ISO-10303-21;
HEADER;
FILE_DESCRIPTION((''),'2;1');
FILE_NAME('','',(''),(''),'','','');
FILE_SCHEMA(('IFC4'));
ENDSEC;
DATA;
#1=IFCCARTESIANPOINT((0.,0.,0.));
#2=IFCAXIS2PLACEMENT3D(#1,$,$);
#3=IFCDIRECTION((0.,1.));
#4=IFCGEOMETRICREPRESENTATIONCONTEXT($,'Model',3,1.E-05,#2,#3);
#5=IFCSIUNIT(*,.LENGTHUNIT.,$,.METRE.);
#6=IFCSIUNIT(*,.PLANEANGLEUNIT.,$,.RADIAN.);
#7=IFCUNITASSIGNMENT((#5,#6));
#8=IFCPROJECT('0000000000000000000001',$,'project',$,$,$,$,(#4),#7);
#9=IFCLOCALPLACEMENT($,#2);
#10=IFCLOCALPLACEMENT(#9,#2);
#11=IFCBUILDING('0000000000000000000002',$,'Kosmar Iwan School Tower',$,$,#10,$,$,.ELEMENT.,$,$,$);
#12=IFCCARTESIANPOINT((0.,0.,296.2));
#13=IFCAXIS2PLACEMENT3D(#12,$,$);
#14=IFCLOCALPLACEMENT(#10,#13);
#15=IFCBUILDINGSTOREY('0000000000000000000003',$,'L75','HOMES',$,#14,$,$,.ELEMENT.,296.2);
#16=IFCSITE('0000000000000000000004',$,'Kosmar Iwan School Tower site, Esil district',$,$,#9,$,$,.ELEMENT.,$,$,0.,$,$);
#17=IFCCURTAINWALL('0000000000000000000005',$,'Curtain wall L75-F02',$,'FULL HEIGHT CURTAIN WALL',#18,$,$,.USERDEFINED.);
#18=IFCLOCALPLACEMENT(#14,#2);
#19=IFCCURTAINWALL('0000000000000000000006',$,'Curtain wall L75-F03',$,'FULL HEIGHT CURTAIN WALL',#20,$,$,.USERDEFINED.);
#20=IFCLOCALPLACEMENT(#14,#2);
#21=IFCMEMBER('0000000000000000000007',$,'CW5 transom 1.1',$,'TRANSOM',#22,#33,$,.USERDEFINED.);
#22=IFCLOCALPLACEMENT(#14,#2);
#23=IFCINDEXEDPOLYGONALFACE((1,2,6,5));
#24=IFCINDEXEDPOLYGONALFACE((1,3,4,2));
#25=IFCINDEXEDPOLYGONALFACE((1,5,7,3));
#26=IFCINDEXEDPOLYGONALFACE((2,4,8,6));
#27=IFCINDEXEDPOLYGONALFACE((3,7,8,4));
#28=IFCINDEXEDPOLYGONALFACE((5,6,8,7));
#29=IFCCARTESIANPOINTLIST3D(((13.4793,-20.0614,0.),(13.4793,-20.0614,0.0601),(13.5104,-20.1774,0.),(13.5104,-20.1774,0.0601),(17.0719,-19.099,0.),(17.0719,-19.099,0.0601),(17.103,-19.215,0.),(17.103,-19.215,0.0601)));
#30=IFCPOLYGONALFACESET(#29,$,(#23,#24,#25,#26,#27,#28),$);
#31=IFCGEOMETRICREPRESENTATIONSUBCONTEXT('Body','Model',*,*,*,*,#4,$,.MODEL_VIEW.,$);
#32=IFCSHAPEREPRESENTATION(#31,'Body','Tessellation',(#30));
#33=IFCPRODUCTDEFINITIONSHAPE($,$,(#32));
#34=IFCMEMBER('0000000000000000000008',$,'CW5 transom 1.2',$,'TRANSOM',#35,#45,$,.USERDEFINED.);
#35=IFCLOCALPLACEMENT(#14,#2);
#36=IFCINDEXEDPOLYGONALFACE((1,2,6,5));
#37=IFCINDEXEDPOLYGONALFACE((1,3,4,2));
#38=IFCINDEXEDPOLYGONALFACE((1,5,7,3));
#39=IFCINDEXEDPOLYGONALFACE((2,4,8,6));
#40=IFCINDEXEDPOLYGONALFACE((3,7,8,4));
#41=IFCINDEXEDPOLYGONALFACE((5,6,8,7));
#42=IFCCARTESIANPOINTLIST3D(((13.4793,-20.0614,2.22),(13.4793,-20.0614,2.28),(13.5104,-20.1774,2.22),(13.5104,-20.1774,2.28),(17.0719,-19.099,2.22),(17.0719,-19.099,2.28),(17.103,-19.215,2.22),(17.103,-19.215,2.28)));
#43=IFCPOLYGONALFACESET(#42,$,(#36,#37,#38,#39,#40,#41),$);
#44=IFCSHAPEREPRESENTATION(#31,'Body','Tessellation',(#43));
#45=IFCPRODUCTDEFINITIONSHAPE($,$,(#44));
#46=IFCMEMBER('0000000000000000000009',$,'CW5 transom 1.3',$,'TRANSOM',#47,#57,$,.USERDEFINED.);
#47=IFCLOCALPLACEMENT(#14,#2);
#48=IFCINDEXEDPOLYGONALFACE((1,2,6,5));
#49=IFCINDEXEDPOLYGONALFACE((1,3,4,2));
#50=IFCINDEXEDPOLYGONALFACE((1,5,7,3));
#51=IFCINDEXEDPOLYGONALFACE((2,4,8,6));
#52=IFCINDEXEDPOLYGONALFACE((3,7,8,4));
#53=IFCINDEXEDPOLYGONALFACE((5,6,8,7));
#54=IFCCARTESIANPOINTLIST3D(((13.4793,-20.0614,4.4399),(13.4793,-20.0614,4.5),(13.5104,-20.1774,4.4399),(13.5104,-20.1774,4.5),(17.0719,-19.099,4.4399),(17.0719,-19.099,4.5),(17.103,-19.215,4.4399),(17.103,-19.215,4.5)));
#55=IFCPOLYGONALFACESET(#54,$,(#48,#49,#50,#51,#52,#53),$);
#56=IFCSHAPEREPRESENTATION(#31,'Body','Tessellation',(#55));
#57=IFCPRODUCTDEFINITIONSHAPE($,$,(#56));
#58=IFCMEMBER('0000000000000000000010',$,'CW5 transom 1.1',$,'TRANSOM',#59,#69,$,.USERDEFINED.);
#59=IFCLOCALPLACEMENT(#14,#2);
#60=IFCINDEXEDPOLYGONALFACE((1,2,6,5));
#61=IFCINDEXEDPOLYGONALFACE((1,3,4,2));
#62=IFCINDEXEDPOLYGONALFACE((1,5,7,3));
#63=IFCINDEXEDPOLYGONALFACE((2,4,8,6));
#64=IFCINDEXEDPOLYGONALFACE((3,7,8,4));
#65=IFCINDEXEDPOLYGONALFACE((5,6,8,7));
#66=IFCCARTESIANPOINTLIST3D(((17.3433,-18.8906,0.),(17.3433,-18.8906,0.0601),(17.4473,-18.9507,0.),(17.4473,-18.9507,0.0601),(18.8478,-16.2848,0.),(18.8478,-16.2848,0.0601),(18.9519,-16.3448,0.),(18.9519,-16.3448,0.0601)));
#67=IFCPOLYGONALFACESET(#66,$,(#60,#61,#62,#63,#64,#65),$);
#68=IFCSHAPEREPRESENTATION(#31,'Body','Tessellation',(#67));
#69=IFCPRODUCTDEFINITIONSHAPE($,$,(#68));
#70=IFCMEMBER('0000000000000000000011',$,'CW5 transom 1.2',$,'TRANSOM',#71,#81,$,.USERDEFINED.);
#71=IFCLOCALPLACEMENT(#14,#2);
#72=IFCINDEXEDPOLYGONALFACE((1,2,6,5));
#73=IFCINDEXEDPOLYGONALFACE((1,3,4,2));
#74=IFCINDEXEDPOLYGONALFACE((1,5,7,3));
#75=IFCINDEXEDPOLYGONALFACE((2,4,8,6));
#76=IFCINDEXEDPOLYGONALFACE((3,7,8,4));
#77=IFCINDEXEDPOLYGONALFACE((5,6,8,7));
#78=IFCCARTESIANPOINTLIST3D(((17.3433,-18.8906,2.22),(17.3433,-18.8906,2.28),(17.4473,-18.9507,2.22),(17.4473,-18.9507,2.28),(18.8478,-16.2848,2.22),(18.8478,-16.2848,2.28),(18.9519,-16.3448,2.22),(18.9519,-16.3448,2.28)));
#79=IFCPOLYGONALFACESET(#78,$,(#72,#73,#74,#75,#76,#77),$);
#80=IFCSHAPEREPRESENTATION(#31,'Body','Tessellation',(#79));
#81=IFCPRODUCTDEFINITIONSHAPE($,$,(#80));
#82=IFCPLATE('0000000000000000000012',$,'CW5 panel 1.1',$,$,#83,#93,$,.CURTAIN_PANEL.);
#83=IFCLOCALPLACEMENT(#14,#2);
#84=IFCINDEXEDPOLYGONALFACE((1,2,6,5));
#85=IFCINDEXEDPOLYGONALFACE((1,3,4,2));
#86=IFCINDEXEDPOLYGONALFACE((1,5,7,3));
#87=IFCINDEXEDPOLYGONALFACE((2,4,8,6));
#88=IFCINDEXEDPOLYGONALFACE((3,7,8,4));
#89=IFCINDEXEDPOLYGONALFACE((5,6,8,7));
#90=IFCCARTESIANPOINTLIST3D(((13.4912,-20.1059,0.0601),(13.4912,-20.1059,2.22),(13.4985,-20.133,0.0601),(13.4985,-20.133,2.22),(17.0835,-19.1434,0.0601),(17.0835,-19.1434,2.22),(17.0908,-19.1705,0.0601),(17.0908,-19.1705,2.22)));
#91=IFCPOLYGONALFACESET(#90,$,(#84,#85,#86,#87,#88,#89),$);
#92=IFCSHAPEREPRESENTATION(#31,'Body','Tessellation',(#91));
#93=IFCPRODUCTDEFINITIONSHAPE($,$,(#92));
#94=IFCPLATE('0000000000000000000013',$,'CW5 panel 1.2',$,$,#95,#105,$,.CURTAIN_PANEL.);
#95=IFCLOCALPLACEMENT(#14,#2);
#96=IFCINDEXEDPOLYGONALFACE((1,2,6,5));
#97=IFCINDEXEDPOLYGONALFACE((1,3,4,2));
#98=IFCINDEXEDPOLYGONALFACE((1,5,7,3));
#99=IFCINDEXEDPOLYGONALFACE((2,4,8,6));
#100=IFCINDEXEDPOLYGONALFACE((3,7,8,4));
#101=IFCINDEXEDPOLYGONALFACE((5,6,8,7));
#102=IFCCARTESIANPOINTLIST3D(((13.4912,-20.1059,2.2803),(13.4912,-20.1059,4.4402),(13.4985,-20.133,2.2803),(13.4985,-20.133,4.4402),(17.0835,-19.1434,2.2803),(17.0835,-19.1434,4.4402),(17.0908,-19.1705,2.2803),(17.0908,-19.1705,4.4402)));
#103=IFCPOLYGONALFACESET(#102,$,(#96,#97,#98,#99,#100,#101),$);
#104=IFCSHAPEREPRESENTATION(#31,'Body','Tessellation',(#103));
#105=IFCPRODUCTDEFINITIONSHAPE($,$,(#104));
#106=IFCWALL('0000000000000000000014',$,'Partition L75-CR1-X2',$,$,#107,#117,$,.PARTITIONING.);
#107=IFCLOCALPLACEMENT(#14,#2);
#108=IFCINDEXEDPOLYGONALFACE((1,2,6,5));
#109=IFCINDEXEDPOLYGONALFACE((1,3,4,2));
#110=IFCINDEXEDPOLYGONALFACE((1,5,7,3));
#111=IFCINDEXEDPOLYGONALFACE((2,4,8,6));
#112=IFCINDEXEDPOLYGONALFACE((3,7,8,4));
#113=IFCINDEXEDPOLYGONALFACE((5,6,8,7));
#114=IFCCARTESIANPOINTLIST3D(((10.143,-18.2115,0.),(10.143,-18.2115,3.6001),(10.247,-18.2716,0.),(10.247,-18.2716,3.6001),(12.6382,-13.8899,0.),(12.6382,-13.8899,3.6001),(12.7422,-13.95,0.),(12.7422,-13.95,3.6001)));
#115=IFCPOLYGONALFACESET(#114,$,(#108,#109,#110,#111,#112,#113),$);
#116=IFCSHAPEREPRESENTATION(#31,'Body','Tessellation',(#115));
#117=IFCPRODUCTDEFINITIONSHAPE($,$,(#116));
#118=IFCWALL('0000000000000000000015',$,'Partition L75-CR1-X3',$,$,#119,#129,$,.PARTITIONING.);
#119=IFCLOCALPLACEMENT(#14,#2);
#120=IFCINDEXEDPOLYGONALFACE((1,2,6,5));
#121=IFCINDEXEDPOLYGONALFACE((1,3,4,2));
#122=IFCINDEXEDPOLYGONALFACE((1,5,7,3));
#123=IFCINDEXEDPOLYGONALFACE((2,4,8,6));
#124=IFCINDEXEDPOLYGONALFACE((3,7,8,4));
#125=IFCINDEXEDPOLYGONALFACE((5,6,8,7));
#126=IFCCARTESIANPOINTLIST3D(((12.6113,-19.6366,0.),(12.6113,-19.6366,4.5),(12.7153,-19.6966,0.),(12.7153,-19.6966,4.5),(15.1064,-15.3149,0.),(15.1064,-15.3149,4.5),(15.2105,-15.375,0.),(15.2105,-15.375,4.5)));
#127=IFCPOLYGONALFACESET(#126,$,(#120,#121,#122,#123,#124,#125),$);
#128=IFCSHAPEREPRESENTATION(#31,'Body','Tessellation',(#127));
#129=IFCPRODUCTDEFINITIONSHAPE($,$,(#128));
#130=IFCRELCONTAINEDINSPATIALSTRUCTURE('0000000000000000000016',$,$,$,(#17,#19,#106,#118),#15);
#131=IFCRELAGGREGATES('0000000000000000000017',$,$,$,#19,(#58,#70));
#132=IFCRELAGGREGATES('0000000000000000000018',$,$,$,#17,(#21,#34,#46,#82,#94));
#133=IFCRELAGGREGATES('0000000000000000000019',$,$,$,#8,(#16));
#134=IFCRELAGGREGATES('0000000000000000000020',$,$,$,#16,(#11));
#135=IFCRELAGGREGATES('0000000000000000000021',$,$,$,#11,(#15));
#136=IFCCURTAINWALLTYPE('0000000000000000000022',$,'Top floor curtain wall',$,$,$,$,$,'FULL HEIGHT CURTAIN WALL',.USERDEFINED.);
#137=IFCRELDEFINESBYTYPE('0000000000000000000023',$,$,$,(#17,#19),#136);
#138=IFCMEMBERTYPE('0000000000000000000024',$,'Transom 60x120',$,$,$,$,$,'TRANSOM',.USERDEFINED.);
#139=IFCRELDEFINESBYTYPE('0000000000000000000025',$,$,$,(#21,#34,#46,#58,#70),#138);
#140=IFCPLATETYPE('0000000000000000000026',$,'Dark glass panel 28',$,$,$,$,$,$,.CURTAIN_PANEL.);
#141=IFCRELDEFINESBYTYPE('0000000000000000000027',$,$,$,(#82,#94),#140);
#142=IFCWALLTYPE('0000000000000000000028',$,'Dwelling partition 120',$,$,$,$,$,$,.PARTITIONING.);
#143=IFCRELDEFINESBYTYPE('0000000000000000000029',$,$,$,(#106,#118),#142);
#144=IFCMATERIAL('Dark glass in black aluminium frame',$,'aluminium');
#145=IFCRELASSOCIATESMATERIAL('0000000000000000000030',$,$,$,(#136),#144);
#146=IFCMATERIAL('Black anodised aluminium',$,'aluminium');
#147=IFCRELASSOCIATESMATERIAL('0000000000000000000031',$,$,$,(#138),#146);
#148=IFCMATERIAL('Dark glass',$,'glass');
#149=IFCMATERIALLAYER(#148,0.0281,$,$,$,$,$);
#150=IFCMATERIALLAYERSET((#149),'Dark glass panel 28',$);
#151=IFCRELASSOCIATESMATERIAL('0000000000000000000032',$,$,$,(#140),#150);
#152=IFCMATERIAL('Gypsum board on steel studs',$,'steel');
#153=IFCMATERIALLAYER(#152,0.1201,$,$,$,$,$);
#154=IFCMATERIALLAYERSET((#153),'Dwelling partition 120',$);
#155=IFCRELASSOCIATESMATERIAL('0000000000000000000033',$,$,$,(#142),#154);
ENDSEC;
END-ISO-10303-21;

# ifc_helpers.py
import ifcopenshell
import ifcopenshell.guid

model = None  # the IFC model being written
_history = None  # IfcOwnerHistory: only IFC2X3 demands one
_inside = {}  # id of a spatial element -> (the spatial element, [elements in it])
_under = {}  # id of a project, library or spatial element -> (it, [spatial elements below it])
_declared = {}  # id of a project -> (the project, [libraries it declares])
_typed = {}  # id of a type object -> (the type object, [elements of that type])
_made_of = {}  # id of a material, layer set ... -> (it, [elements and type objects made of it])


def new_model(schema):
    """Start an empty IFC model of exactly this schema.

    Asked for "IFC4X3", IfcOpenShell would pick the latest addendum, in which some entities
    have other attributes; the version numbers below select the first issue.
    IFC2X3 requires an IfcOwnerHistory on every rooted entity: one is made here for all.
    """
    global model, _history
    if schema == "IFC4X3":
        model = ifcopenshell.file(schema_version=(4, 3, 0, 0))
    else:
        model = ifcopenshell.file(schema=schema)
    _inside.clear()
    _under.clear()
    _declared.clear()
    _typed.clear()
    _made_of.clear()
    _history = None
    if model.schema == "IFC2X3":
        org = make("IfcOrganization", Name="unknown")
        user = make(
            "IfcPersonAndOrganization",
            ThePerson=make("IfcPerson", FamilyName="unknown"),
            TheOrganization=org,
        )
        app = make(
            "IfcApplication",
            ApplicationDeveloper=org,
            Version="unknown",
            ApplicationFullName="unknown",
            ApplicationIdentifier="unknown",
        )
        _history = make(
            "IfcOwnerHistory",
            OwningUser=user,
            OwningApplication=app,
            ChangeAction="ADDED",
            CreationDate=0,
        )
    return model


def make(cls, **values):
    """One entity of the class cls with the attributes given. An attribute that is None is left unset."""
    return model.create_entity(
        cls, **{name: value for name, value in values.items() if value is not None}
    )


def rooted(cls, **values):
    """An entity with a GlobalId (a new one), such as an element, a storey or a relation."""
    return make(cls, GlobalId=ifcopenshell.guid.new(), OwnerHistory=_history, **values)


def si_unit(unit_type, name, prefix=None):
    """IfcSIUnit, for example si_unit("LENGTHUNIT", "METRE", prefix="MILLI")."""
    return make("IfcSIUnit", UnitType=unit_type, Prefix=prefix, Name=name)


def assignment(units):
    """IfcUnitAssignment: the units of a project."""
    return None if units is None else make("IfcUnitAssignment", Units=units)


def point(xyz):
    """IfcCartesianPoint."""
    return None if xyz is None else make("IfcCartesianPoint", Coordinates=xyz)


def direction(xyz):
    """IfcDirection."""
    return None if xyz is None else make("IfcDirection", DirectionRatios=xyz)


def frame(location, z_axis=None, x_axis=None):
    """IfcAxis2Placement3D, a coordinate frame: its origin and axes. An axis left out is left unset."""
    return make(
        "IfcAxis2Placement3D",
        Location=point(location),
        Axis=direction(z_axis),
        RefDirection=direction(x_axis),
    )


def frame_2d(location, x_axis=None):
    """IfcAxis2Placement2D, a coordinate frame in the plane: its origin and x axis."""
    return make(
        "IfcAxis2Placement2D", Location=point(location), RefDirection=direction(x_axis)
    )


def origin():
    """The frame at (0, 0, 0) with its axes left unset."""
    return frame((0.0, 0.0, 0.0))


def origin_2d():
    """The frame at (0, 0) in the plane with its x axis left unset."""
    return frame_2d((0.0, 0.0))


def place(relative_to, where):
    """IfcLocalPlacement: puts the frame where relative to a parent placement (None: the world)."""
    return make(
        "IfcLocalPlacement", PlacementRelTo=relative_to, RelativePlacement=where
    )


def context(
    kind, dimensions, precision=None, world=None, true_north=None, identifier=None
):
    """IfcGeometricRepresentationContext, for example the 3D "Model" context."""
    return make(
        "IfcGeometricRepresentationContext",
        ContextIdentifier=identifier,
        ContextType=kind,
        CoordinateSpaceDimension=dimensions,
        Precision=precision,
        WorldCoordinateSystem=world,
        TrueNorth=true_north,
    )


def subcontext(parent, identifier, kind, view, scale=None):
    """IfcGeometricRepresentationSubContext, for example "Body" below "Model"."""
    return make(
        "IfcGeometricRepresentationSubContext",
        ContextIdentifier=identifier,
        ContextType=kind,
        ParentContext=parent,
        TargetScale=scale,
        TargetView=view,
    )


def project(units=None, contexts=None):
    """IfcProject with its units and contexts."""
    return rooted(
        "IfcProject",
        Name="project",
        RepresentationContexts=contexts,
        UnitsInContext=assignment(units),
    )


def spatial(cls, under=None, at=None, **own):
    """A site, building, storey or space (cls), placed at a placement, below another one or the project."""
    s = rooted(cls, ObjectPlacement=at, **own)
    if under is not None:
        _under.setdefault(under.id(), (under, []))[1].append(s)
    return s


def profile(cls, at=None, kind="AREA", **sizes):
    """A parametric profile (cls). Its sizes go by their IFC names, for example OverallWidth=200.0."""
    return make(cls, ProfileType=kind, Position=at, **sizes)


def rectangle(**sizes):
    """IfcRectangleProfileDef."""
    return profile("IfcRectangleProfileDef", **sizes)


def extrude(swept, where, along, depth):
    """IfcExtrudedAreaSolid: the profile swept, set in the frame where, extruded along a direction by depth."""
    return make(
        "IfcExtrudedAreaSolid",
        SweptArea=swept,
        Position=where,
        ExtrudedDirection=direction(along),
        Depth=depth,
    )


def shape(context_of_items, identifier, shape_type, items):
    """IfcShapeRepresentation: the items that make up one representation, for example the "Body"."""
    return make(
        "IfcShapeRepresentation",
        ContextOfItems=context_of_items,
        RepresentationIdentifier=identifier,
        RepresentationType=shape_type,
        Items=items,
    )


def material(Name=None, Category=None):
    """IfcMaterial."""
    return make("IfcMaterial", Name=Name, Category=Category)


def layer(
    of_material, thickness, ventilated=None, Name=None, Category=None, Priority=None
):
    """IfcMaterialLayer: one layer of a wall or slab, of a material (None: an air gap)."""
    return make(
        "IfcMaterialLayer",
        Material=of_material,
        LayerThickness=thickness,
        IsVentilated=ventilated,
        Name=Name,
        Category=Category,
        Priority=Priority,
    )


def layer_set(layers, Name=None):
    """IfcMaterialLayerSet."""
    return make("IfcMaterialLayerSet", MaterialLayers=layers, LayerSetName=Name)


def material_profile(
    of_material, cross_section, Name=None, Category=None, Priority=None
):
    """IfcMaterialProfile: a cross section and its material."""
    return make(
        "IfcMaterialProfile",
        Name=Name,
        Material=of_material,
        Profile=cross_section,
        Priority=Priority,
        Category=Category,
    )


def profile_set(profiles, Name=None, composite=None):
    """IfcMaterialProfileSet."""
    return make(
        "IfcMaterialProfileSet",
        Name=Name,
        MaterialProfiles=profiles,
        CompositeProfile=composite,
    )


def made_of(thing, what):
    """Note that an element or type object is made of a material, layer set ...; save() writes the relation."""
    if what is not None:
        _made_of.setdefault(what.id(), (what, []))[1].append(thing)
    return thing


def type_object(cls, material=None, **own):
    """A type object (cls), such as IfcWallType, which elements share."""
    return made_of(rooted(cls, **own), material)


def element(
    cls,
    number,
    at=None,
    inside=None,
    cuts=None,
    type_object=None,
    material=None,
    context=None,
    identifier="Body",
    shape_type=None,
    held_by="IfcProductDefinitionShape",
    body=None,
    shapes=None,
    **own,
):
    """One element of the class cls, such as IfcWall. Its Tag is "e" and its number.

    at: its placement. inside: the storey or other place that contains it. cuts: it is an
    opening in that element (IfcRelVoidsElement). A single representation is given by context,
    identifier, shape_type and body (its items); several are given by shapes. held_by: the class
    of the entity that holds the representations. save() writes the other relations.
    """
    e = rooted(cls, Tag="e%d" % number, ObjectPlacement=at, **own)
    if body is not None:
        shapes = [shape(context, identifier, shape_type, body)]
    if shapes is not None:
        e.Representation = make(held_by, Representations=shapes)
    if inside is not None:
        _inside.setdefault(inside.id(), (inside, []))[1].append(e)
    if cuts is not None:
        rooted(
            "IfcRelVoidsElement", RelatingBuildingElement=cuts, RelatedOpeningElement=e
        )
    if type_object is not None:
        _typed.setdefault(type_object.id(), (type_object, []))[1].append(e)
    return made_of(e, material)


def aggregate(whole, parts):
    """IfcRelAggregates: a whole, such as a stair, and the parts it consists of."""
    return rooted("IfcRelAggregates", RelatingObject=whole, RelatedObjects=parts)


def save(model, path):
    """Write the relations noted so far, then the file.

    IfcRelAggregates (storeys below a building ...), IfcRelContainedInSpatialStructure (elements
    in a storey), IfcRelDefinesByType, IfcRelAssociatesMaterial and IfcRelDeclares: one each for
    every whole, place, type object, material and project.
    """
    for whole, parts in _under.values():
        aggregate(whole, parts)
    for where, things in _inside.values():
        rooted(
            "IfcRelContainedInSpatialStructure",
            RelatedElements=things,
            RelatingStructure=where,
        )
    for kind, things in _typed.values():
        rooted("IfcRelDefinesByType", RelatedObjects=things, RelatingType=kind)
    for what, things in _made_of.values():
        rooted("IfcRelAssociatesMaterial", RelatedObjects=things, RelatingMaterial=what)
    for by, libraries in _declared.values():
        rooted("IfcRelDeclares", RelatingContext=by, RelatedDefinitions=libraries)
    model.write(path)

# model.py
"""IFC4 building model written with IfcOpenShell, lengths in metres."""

from ifc_helpers import new_model, si_unit, direction, frame, frame_2d, origin, origin_2d, place, context, subcontext, project, spatial, rectangle, extrude, material, layer, layer_set, material_profile, profile_set, type_object, element, aggregate, save


model = new_model("IFC4")

# Units and contexts
model_context = context("Model", 3, precision=1e-05, world=origin(), true_north=direction((0.0, 1.0)))
body_context = subcontext(model_context, "Body", "Model", "MODEL_VIEW")
ifc_project = project(units=[si_unit("LENGTHUNIT", "METRE"), si_unit("PLANEANGLEUNIT", "RADIAN")], contexts=[model_context])

# Site, building, storey
site_placement = place(None, origin())
site = spatial("IfcSite", under=ifc_project, at=site_placement, Name="Kosmar Iwan School Tower site, Esil district", CompositionType="ELEMENT", RefElevation=0.0)
building_placement = place(site_placement, origin())
building = spatial("IfcBuilding", under=site, at=building_placement, Name="Kosmar Iwan School Tower", CompositionType="ELEMENT")
storey_placement = place(building_placement, frame((0.0, 0.0, 296.2)))
storey = spatial("IfcBuildingStorey", under=building, at=storey_placement, Name="L75", Description="HOMES", CompositionType="ELEMENT", Elevation=296.2)

# Curtain wall
ifc_material_1 = material(Name="Dark glass in black aluminium frame", Category="aluminium")
curtain_wall_type = type_object("IfcCurtainWallType", Name="Top floor curtain wall", ElementType="FULL HEIGHT CURTAIN WALL", PredefinedType="USERDEFINED", material=ifc_material_1)
curtain_wall_1_placement = place(storey_placement, origin())
curtain_wall_1 = element("IfcCurtainWall", 1, at=curtain_wall_1_placement, inside=storey, type_object=curtain_wall_type, Name="Curtain wall L75-F02", ObjectType="FULL HEIGHT CURTAIN WALL", PredefinedType="USERDEFINED")

# Curtain wall
curtain_wall_2_placement = place(storey_placement, origin())
curtain_wall_2 = element("IfcCurtainWall", 2, at=curtain_wall_2_placement, inside=storey, type_object=curtain_wall_type, Name="Curtain wall L75-F03", ObjectType="FULL HEIGHT CURTAIN WALL", PredefinedType="USERDEFINED")

# Members
ifc_material_2 = material(Name="Black anodised aluminium", Category="aluminium")
ifc_material_profile_1 = material_profile(ifc_material_2, rectangle(XDim=0.1201, YDim=0.0601, at=origin_2d()), Name="TRANSOM 60x120")
ifc_profile_set_1 = profile_set([ifc_material_profile_1], Name="Black anodised aluminium")
member_type_1 = type_object("IfcMemberType", Name="Transom 60x120", ElementType="TRANSOM", PredefinedType="USERDEFINED", material=ifc_profile_set_1)
member_1_placement = place(storey_placement, frame((13.4949, -20.1194, 0.03), z_axis=(0.96594, 0.258766, 0.0), x_axis=(-0.258766, 0.96594, 0.0)))
member_1 = element("IfcMember", 3, at=member_1_placement, type_object=member_type_1, Name="CW5 transom 1.1", ObjectType="TRANSOM", PredefinedType="USERDEFINED", context=body_context, shape_type="SweptSolid", body=[
    extrude(rectangle(XDim=0.1201, YDim=0.0601, at=origin_2d()), origin(), (0.0, 0.0, 1.0), 3.7192),
])
member_2_placement = place(storey_placement, frame((13.4949, -20.1194, 2.25), z_axis=(0.96594, 0.258766, 0.0), x_axis=(-0.258766, 0.96594, 0.0)))
member_2 = element("IfcMember", 4, at=member_2_placement, type_object=member_type_1, Name="CW5 transom 1.2", ObjectType="TRANSOM", PredefinedType="USERDEFINED", context=body_context, shape_type="SweptSolid", body=[
    extrude(rectangle(XDim=0.1201, YDim=0.0601, at=origin_2d()), origin(), (0.0, 0.0, 1.0), 3.7192),
])
member_3_placement = place(storey_placement, frame((13.4949, -20.1194, 4.47), z_axis=(0.96594, 0.258766, 0.0), x_axis=(-0.258766, 0.96594, 0.0)))
member_3 = element("IfcMember", 5, at=member_3_placement, type_object=member_type_1, Name="CW5 transom 1.3", ObjectType="TRANSOM", PredefinedType="USERDEFINED", context=body_context, shape_type="SweptSolid", body=[
    extrude(rectangle(XDim=0.1201, YDim=0.0601, at=origin_2d()), origin(), (0.0, 0.0, 1.0), 3.7192),
])
member_4_placement = place(storey_placement, frame((17.3953, -18.9207, 0.03), z_axis=(0.500022, 0.866013, 0.0), x_axis=(-0.866013, 0.500022, 0.0)))
member_4 = element("IfcMember", 6, at=member_4_placement, type_object=member_type_1, Name="CW5 transom 1.1", ObjectType="TRANSOM", PredefinedType="USERDEFINED", context=body_context, shape_type="SweptSolid", body=[
    extrude(rectangle(XDim=0.1201, YDim=0.0601, at=origin_2d()), origin(), (0.0, 0.0, 1.0), 3.009),
])
member_5_placement = place(storey_placement, frame((17.3953, -18.9207, 2.25), z_axis=(0.500022, 0.866013, 0.0), x_axis=(-0.866013, 0.500022, 0.0)))
member_5 = element("IfcMember", 7, at=member_5_placement, type_object=member_type_1, Name="CW5 transom 1.2", ObjectType="TRANSOM", PredefinedType="USERDEFINED", context=body_context, shape_type="SweptSolid", body=[
    extrude(rectangle(XDim=0.1201, YDim=0.0601, at=origin_2d()), origin(), (0.0, 0.0, 1.0), 3.009),
])
aggregate(curtain_wall_2, [member_4, member_5])

# Plates
ifc_material_3 = material(Name="Dark glass", Category="glass")
ifc_layer_1 = layer(ifc_material_3, 0.0281)
ifc_layer_set_1 = layer_set([ifc_layer_1], Name="Dark glass panel 28")
plate_type = type_object("IfcPlateType", Name="Dark glass panel 28", PredefinedType="CURTAIN_PANEL", material=ifc_layer_set_1)
plate_1_placement = place(storey_placement, frame((15.291, -19.6382, 0.0601), z_axis=(0.0, 0.0, 1.0), x_axis=(0.965926, 0.258819, 0.0)))
plate_1 = element("IfcPlate", 8, at=plate_1_placement, type_object=plate_type, Name="CW5 panel 1.1", PredefinedType="CURTAIN_PANEL", context=body_context, shape_type="SweptSolid", body=[
    extrude(rectangle(XDim=3.719, YDim=0.0281, at=origin_2d()), origin(), (0.0, 0.0, 1.0), 2.1599),
])
plate_2_placement = place(storey_placement, frame((15.291, -19.6382, 2.2803), z_axis=(0.0, 0.0, 1.0), x_axis=(0.965926, 0.258819, 0.0)))
plate_2 = element("IfcPlate", 9, at=plate_2_placement, type_object=plate_type, Name="CW5 panel 1.2", PredefinedType="CURTAIN_PANEL", context=body_context, shape_type="SweptSolid", body=[
    extrude(rectangle(XDim=3.719, YDim=0.0281, at=origin_2d()), origin(), (0.0, 0.0, 1.0), 2.1599),
])
aggregate(curtain_wall_1, [member_1, member_2, member_3, plate_1, plate_2])

# Walls
ifc_material_4 = material(Name="Gypsum board on steel studs", Category="steel")
ifc_layer_2 = layer(ifc_material_4, 0.1201)
ifc_layer_set_2 = layer_set([ifc_layer_2], Name="Dwelling partition 120")
wall_type = type_object("IfcWallType", Name="Dwelling partition 120", PredefinedType="PARTITIONING", material=ifc_layer_set_2)
wall_1_placement = place(storey_placement, frame((12.6902, -13.9199, 0.0), z_axis=(0.0, 0.0, 1.0), x_axis=(-0.500012, -0.866019, 0.0)))
element("IfcWall", 10, at=wall_1_placement, inside=storey, type_object=wall_type, Name="Partition L75-CR1-X2", PredefinedType="PARTITIONING", context=body_context, shape_type="SweptSolid", body=[
    extrude(rectangle(XDim=4.9902, YDim=0.1201, at=frame_2d((2.4951, 0.0))), origin(), (0.0, 0.0, 1.0), 3.6001),
])
wall_2_placement = place(storey_placement, frame((15.1584, -15.345, 0.0), z_axis=(0.0, 0.0, 1.0), x_axis=(-0.500012, -0.866019, 0.0)))
element("IfcWall", 11, at=wall_2_placement, inside=storey, type_object=wall_type, Name="Partition L75-CR1-X3", PredefinedType="PARTITIONING", context=body_context, shape_type="SweptSolid", body=[
    extrude(rectangle(XDim=4.9902, YDim=0.1201, at=frame_2d((2.4951, 0.0))), origin(), (0.0, 0.0, 1.0), 4.5),
])

save(model, "model.ifc")
